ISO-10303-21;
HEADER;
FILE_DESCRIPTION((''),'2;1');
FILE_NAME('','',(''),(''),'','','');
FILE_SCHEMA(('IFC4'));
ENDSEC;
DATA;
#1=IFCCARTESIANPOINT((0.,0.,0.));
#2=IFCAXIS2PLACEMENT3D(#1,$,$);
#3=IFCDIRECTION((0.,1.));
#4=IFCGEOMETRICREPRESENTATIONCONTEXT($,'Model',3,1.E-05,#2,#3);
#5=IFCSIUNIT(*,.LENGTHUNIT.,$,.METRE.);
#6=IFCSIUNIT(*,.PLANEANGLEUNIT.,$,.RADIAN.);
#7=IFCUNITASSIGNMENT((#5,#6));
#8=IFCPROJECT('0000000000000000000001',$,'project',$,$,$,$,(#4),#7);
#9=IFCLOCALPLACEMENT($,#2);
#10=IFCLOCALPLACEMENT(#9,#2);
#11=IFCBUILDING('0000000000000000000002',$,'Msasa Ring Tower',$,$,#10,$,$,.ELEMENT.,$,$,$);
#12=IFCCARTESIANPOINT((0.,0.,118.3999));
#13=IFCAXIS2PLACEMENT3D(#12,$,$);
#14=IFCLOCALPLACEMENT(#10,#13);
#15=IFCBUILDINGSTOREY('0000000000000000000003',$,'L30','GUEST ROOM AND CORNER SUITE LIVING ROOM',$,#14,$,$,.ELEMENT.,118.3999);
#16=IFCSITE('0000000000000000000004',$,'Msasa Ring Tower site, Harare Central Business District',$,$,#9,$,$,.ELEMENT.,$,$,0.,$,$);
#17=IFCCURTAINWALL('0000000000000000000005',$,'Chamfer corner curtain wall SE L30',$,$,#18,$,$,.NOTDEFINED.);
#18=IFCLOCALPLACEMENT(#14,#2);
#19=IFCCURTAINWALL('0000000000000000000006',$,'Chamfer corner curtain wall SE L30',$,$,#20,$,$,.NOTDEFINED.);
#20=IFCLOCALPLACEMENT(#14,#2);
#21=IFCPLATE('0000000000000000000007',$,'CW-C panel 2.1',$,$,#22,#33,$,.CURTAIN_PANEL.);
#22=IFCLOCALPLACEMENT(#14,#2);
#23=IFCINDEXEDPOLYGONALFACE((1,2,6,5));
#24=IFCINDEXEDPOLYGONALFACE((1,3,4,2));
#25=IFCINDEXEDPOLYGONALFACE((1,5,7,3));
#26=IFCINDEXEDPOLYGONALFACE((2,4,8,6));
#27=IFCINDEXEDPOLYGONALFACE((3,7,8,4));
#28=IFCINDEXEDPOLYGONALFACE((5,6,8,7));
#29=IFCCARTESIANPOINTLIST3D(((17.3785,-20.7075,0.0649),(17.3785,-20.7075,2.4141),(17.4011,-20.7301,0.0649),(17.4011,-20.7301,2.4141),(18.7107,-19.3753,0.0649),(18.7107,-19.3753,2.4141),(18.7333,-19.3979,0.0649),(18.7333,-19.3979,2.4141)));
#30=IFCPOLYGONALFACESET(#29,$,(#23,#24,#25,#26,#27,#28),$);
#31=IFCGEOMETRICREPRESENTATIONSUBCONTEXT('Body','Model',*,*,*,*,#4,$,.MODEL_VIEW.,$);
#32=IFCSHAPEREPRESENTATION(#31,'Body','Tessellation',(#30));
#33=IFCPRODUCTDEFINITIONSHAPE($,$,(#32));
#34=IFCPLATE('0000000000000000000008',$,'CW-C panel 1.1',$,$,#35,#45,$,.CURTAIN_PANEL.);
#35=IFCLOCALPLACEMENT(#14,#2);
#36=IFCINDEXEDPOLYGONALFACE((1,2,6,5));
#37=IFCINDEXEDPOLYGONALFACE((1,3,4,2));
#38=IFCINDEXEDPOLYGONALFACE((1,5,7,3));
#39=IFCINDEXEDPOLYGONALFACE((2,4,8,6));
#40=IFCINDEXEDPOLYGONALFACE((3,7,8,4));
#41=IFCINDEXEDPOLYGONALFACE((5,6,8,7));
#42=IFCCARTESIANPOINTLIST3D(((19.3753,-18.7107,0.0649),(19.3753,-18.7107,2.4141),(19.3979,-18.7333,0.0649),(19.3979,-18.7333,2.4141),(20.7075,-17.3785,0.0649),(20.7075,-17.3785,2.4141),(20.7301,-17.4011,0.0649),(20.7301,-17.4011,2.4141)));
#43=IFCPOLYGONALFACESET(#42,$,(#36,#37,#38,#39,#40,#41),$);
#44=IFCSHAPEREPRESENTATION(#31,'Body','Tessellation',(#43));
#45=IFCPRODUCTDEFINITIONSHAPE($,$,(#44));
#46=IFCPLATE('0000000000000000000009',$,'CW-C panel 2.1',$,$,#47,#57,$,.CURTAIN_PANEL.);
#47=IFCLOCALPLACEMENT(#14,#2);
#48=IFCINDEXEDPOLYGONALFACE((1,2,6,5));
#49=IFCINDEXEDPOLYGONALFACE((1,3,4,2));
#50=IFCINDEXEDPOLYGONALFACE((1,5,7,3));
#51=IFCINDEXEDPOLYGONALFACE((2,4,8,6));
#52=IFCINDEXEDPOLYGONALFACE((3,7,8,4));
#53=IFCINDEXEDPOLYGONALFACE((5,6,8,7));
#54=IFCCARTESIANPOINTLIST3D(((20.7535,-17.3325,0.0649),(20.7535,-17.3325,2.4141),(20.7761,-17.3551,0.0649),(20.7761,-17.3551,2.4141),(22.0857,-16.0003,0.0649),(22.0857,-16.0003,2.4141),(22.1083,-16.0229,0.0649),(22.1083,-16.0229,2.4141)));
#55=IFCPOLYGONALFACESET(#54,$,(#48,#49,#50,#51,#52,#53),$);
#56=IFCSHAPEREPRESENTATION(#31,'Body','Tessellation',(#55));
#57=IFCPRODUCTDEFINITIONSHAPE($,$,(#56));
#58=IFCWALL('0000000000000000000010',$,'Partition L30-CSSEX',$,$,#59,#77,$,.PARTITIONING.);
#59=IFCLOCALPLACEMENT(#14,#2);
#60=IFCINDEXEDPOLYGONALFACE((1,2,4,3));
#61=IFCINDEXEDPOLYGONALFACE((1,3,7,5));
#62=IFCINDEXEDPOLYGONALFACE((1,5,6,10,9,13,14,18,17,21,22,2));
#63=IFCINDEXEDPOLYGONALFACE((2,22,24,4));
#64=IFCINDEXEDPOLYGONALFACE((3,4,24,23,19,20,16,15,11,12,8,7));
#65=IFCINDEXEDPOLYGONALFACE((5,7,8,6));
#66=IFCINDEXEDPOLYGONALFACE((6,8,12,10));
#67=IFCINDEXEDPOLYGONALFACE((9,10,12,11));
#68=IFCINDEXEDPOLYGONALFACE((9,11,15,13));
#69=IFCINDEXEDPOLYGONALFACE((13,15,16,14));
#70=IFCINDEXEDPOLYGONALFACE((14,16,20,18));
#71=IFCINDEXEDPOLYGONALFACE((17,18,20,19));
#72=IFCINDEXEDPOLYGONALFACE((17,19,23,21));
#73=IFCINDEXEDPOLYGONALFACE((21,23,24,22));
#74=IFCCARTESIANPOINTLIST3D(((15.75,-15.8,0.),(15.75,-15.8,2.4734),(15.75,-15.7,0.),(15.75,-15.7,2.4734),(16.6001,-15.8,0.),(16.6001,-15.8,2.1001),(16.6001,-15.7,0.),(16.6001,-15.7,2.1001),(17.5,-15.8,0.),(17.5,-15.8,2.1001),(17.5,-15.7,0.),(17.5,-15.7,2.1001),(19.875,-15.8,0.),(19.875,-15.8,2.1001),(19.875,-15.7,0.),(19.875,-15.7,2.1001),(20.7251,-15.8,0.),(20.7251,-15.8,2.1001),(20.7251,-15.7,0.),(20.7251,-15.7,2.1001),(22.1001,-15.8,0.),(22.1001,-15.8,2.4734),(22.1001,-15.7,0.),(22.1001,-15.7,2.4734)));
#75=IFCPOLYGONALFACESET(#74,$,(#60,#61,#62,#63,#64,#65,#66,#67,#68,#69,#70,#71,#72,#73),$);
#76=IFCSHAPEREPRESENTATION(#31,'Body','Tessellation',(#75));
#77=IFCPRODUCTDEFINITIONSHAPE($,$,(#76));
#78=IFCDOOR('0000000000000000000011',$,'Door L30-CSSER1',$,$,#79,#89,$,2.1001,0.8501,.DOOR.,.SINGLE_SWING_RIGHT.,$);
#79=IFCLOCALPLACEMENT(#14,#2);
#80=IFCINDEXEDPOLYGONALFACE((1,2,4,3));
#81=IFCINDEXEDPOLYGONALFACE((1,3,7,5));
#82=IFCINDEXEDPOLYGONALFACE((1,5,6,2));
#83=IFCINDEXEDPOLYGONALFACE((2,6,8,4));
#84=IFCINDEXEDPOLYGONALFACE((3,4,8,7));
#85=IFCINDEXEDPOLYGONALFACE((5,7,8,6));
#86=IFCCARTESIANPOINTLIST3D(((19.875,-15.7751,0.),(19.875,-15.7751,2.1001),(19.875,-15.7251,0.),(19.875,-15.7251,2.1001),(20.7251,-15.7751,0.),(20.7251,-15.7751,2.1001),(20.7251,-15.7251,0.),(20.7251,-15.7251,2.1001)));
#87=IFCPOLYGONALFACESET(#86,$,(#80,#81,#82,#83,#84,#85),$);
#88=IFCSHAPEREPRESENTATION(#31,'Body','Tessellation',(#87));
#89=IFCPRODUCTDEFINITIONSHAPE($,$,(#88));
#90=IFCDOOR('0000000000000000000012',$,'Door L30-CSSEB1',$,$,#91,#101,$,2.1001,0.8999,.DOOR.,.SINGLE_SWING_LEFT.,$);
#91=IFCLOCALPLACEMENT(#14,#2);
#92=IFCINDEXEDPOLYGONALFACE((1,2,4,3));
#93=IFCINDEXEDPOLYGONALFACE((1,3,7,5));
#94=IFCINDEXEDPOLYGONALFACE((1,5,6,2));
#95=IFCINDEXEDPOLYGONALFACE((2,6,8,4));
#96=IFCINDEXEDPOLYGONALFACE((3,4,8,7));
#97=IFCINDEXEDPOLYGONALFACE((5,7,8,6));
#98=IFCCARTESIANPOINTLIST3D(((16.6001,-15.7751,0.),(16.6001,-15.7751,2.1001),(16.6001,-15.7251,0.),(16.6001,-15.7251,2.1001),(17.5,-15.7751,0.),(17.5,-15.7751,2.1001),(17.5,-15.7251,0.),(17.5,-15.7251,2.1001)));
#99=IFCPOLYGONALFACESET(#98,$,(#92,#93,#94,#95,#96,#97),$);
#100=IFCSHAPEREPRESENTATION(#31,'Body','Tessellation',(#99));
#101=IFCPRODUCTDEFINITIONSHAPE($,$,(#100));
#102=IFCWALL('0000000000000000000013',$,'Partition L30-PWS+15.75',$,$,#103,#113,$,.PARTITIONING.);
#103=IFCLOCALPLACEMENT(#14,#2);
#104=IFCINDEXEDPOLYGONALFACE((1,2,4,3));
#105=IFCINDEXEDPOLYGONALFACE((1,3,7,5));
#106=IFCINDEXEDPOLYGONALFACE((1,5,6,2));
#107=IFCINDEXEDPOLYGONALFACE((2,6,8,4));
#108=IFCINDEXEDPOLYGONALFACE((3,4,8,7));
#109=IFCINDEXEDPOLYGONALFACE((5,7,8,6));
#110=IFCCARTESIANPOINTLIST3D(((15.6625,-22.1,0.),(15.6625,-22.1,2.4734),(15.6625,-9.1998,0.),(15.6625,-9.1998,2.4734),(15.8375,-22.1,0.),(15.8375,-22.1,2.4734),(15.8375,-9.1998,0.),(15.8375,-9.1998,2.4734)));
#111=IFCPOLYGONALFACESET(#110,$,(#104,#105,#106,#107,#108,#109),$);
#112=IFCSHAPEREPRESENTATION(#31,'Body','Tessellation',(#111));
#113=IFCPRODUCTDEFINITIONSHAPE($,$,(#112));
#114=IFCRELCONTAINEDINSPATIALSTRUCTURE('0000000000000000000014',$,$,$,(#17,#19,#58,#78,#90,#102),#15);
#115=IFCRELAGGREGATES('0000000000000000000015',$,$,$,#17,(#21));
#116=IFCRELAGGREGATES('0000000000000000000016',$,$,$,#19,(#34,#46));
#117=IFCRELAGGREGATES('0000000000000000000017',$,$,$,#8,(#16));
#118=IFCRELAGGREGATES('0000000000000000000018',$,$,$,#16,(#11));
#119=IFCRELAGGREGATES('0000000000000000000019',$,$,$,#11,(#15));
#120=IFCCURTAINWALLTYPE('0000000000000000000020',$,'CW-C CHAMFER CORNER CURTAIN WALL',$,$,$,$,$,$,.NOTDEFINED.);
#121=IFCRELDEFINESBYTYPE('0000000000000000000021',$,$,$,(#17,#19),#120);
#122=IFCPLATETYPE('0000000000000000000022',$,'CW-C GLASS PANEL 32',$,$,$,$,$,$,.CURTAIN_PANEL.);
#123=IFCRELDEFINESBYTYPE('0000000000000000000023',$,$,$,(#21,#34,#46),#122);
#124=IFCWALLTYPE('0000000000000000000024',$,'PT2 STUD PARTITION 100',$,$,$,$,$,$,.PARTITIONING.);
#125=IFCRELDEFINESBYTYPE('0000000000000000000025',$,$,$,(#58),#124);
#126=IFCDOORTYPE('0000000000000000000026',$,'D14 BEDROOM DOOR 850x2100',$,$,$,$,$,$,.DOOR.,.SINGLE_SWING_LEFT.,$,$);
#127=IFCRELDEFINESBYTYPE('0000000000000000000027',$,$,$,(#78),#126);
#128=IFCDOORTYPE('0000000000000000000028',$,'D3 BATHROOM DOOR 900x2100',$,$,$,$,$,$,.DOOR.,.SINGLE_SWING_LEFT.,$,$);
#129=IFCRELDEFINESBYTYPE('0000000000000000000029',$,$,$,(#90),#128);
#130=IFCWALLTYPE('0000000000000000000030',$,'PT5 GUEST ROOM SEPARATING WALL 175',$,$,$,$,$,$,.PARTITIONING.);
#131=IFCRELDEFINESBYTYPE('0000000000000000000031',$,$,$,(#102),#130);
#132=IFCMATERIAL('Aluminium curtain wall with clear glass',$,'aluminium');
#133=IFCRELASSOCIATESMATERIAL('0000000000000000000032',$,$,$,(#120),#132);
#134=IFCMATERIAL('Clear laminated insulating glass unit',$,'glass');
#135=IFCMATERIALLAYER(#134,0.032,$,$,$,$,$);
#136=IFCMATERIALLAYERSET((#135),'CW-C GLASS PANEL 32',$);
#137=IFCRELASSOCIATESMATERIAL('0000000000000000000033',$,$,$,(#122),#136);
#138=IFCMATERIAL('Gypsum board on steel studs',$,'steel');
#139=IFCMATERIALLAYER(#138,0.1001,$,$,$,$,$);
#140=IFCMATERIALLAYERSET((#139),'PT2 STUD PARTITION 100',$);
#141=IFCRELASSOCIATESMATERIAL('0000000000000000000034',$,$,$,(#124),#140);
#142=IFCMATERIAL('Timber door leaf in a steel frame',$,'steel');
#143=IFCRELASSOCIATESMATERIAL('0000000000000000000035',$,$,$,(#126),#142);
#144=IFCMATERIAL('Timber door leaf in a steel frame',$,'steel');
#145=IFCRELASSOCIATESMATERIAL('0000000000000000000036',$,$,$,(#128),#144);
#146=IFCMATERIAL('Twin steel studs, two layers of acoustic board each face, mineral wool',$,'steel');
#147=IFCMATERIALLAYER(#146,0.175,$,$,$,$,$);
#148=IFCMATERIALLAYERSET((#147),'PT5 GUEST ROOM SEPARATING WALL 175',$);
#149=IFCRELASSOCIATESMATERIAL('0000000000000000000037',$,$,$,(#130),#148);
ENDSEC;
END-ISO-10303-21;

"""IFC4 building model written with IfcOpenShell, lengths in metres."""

from ifc_helpers import new_model, si_unit, direction, frame, frame_2d, origin, origin_2d, place, context, subcontext, project, spatial, rectangle, extrude, material, layer, layer_set, type_object, element, fill, aggregate, save


model = new_model("IFC4")

# Units and contexts
model_context = context("Model", 3, precision=1e-05, world=origin(), true_north=direction((0.0, 1.0)))
body_context = subcontext(model_context, "Body", "Model", "MODEL_VIEW")
ifc_project = project(units=[si_unit("LENGTHUNIT", "METRE"), si_unit("PLANEANGLEUNIT", "RADIAN")], contexts=[model_context])

# Site, building, storey
site_placement = place(None, origin())
site = spatial("IfcSite", under=ifc_project, at=site_placement, Name="Msasa Ring Tower site, Harare Central Business District", CompositionType="ELEMENT", RefElevation=0.0)
building_placement = place(site_placement, origin())
building = spatial("IfcBuilding", under=site, at=building_placement, Name="Msasa Ring Tower", CompositionType="ELEMENT")
storey_placement = place(building_placement, frame((0.0, 0.0, 118.3999)))
storey = spatial("IfcBuildingStorey", under=building, at=storey_placement, Name="L30", Description="GUEST ROOM AND CORNER SUITE LIVING ROOM", CompositionType="ELEMENT", Elevation=118.3999)

# Curtain walls
ifc_material_1 = material(Name="Aluminium curtain wall with clear glass", Category="aluminium")
curtain_wall_type = type_object("IfcCurtainWallType", Name="CW-C CHAMFER CORNER CURTAIN WALL", PredefinedType="NOTDEFINED", material=ifc_material_1)
curtain_wall_1_placement = place(storey_placement, origin())
curtain_wall_1 = element("IfcCurtainWall", 1, at=curtain_wall_1_placement, inside=storey, type_object=curtain_wall_type, Name="Chamfer corner curtain wall SE L30", PredefinedType="NOTDEFINED")
curtain_wall_2_placement = place(storey_placement, origin())
curtain_wall_2 = element("IfcCurtainWall", 2, at=curtain_wall_2_placement, inside=storey, type_object=curtain_wall_type, Name="Chamfer corner curtain wall SE L30", PredefinedType="NOTDEFINED")

# Plates
ifc_material_2 = material(Name="Clear laminated insulating glass unit", Category="glass")
ifc_layer_1 = layer(ifc_material_2, 0.032)
ifc_layer_set_1 = layer_set([ifc_layer_1], Name="CW-C GLASS PANEL 32")
plate_type = type_object("IfcPlateType", Name="CW-C GLASS PANEL 32", PredefinedType="CURTAIN_PANEL", material=ifc_layer_set_1)
plate_1_placement = place(storey_placement, frame((18.0559, -20.0527, 0.0649), z_axis=(0.0, 0.0, 1.0), x_axis=(0.707107, 0.707107, 0.0)))
plate_1 = element("IfcPlate", 3, at=plate_1_placement, type_object=plate_type, Name="CW-C panel 2.1", PredefinedType="CURTAIN_PANEL", context=body_context, shape_type="SweptSolid", body=[
    extrude(rectangle(XDim=1.884, YDim=0.032, at=origin_2d()), origin(), (0.0, 0.0, 1.0), 2.3491),
])
aggregate(curtain_wall_1, [plate_1])
plate_2_placement = place(storey_placement, frame((20.0527, -18.0559, 0.0649), z_axis=(0.0, 0.0, 1.0), x_axis=(0.707107, 0.707107, 0.0)))
plate_2 = element("IfcPlate", 4, at=plate_2_placement, type_object=plate_type, Name="CW-C panel 1.1", PredefinedType="CURTAIN_PANEL", context=body_context, shape_type="SweptSolid", body=[
    extrude(rectangle(XDim=1.884, YDim=0.032, at=origin_2d()), origin(), (0.0, 0.0, 1.0), 2.3491),
])
plate_3_placement = place(storey_placement, frame((21.4309, -16.6777, 0.0649), z_axis=(0.0, 0.0, 1.0), x_axis=(0.707107, 0.707107, 0.0)))
plate_3 = element("IfcPlate", 5, at=plate_3_placement, type_object=plate_type, Name="CW-C panel 2.1", PredefinedType="CURTAIN_PANEL", context=body_context, shape_type="SweptSolid", body=[
    extrude(rectangle(XDim=1.884, YDim=0.032, at=origin_2d()), origin(), (0.0, 0.0, 1.0), 2.3491),
])
aggregate(curtain_wall_2, [plate_2, plate_3])

# Wall, openings, doors
ifc_material_3 = material(Name="Gypsum board on steel studs", Category="steel")
ifc_layer_2 = layer(ifc_material_3, 0.1001)
ifc_layer_set_2 = layer_set([ifc_layer_2], Name="PT2 STUD PARTITION 100")
wall_type_1 = type_object("IfcWallType", Name="PT2 STUD PARTITION 100", PredefinedType="PARTITIONING", material=ifc_layer_set_2)
wall_1_placement = place(storey_placement, frame((15.75, -15.75, 0.0), z_axis=(0.0, 0.0, 1.0), x_axis=(1.0, 0.0, 0.0)))
wall_1 = element("IfcWall", 6, at=wall_1_placement, inside=storey, type_object=wall_type_1, Name="Partition L30-CSSEX", PredefinedType="PARTITIONING", context=body_context, shape_type="SweptSolid", body=[
    extrude(rectangle(XDim=6.3501, YDim=0.1001, at=frame_2d((3.175, 0.0))), origin(), (0.0, 0.0, 1.0), 2.4734),
])
opening_1_placement = place(wall_1_placement, frame((4.125, 0.0, 0.0)))
opening_1 = element("IfcOpeningElement", 7, at=opening_1_placement, cuts=wall_1, PredefinedType="OPENING", context=body_context, shape_type="SweptSolid", body=[
    extrude(rectangle(XDim=0.8501, YDim=2.1001, at=frame_2d((0.425, 1.05))), frame((0.0, 0.0601, 0.0), z_axis=(0.0, -1.0, 0.0), x_axis=(1.0, 0.0, 0.0)), (0.0, 0.0, 1.0), 0.1201),
])
opening_2_placement = place(wall_1_placement, frame((0.8501, 0.0, 0.0)))
opening_2 = element("IfcOpeningElement", 8, at=opening_2_placement, cuts=wall_1, PredefinedType="OPENING", context=body_context, shape_type="SweptSolid", body=[
    extrude(rectangle(XDim=0.8999, YDim=2.1001, at=frame_2d((0.45, 1.05))), frame((0.0, 0.0601, 0.0), z_axis=(0.0, -1.0, 0.0), x_axis=(1.0, 0.0, 0.0)), (0.0, 0.0, 1.0), 0.1201),
])
ifc_material_4 = material(Name="Timber door leaf in a steel frame", Category="steel")
door_type_1 = type_object("IfcDoorType", Name="D14 BEDROOM DOOR 850x2100", OperationType="SINGLE_SWING_LEFT", PredefinedType="DOOR", material=ifc_material_4)
door_1_placement = place(opening_1_placement, origin())
door_1 = element("IfcDoor", 9, at=door_1_placement, inside=storey, type_object=door_type_1, Name="Door L30-CSSER1", OperationType="SINGLE_SWING_RIGHT", OverallHeight=2.1001, OverallWidth=0.8501, PredefinedType="DOOR", context=body_context, shape_type="SweptSolid", body=[
    extrude(rectangle(XDim=0.8501, YDim=2.1001, at=frame_2d((0.425, 1.05))), frame((0.0, 0.0249, 0.0), z_axis=(0.0, -1.0, 0.0), x_axis=(1.0, 0.0, 0.0)), (0.0, 0.0, 1.0), 0.05),
])
fill(opening_1, door_1)
ifc_material_5 = material(Name="Timber door leaf in a steel frame", Category="steel")
door_type_2 = type_object("IfcDoorType", Name="D3 BATHROOM DOOR 900x2100", OperationType="SINGLE_SWING_LEFT", PredefinedType="DOOR", material=ifc_material_5)
door_2_placement = place(opening_2_placement, origin())
door_2 = element("IfcDoor", 10, at=door_2_placement, inside=storey, type_object=door_type_2, Name="Door L30-CSSEB1", OperationType="SINGLE_SWING_LEFT", OverallHeight=2.1001, OverallWidth=0.8999, PredefinedType="DOOR", context=body_context, shape_type="SweptSolid", body=[
    extrude(rectangle(XDim=0.8999, YDim=2.1001, at=frame_2d((0.45, 1.05))), frame((0.0, 0.0249, 0.0), z_axis=(0.0, -1.0, 0.0), x_axis=(1.0, 0.0, 0.0)), (0.0, 0.0, 1.0), 0.05),
])
fill(opening_2, door_2)

# Wall
ifc_material_6 = material(Name="Twin steel studs, two layers of acoustic board each face, mineral wool", Category="steel")
ifc_layer_3 = layer(ifc_material_6, 0.175)
ifc_layer_set_3 = layer_set([ifc_layer_3], Name="PT5 GUEST ROOM SEPARATING WALL 175")
wall_type_2 = type_object("IfcWallType", Name="PT5 GUEST ROOM SEPARATING WALL 175", PredefinedType="PARTITIONING", material=ifc_layer_set_3)
wall_2_placement = place(storey_placement, frame((15.75, -22.1001, 0.0), z_axis=(0.0, 0.0, 1.0), x_axis=(0.0, 1.0, 0.0)))
element("IfcWall", 11, at=wall_2_placement, inside=storey, type_object=wall_type_2, Name="Partition L30-PWS+15.75", PredefinedType="PARTITIONING", context=body_context, shape_type="SweptSolid", body=[
    extrude(rectangle(XDim=12.9001, YDim=0.175, at=frame_2d((6.4502, 0.0))), origin(), (0.0, 0.0, 1.0), 2.4734),
])

save(model, "model.ifc")
